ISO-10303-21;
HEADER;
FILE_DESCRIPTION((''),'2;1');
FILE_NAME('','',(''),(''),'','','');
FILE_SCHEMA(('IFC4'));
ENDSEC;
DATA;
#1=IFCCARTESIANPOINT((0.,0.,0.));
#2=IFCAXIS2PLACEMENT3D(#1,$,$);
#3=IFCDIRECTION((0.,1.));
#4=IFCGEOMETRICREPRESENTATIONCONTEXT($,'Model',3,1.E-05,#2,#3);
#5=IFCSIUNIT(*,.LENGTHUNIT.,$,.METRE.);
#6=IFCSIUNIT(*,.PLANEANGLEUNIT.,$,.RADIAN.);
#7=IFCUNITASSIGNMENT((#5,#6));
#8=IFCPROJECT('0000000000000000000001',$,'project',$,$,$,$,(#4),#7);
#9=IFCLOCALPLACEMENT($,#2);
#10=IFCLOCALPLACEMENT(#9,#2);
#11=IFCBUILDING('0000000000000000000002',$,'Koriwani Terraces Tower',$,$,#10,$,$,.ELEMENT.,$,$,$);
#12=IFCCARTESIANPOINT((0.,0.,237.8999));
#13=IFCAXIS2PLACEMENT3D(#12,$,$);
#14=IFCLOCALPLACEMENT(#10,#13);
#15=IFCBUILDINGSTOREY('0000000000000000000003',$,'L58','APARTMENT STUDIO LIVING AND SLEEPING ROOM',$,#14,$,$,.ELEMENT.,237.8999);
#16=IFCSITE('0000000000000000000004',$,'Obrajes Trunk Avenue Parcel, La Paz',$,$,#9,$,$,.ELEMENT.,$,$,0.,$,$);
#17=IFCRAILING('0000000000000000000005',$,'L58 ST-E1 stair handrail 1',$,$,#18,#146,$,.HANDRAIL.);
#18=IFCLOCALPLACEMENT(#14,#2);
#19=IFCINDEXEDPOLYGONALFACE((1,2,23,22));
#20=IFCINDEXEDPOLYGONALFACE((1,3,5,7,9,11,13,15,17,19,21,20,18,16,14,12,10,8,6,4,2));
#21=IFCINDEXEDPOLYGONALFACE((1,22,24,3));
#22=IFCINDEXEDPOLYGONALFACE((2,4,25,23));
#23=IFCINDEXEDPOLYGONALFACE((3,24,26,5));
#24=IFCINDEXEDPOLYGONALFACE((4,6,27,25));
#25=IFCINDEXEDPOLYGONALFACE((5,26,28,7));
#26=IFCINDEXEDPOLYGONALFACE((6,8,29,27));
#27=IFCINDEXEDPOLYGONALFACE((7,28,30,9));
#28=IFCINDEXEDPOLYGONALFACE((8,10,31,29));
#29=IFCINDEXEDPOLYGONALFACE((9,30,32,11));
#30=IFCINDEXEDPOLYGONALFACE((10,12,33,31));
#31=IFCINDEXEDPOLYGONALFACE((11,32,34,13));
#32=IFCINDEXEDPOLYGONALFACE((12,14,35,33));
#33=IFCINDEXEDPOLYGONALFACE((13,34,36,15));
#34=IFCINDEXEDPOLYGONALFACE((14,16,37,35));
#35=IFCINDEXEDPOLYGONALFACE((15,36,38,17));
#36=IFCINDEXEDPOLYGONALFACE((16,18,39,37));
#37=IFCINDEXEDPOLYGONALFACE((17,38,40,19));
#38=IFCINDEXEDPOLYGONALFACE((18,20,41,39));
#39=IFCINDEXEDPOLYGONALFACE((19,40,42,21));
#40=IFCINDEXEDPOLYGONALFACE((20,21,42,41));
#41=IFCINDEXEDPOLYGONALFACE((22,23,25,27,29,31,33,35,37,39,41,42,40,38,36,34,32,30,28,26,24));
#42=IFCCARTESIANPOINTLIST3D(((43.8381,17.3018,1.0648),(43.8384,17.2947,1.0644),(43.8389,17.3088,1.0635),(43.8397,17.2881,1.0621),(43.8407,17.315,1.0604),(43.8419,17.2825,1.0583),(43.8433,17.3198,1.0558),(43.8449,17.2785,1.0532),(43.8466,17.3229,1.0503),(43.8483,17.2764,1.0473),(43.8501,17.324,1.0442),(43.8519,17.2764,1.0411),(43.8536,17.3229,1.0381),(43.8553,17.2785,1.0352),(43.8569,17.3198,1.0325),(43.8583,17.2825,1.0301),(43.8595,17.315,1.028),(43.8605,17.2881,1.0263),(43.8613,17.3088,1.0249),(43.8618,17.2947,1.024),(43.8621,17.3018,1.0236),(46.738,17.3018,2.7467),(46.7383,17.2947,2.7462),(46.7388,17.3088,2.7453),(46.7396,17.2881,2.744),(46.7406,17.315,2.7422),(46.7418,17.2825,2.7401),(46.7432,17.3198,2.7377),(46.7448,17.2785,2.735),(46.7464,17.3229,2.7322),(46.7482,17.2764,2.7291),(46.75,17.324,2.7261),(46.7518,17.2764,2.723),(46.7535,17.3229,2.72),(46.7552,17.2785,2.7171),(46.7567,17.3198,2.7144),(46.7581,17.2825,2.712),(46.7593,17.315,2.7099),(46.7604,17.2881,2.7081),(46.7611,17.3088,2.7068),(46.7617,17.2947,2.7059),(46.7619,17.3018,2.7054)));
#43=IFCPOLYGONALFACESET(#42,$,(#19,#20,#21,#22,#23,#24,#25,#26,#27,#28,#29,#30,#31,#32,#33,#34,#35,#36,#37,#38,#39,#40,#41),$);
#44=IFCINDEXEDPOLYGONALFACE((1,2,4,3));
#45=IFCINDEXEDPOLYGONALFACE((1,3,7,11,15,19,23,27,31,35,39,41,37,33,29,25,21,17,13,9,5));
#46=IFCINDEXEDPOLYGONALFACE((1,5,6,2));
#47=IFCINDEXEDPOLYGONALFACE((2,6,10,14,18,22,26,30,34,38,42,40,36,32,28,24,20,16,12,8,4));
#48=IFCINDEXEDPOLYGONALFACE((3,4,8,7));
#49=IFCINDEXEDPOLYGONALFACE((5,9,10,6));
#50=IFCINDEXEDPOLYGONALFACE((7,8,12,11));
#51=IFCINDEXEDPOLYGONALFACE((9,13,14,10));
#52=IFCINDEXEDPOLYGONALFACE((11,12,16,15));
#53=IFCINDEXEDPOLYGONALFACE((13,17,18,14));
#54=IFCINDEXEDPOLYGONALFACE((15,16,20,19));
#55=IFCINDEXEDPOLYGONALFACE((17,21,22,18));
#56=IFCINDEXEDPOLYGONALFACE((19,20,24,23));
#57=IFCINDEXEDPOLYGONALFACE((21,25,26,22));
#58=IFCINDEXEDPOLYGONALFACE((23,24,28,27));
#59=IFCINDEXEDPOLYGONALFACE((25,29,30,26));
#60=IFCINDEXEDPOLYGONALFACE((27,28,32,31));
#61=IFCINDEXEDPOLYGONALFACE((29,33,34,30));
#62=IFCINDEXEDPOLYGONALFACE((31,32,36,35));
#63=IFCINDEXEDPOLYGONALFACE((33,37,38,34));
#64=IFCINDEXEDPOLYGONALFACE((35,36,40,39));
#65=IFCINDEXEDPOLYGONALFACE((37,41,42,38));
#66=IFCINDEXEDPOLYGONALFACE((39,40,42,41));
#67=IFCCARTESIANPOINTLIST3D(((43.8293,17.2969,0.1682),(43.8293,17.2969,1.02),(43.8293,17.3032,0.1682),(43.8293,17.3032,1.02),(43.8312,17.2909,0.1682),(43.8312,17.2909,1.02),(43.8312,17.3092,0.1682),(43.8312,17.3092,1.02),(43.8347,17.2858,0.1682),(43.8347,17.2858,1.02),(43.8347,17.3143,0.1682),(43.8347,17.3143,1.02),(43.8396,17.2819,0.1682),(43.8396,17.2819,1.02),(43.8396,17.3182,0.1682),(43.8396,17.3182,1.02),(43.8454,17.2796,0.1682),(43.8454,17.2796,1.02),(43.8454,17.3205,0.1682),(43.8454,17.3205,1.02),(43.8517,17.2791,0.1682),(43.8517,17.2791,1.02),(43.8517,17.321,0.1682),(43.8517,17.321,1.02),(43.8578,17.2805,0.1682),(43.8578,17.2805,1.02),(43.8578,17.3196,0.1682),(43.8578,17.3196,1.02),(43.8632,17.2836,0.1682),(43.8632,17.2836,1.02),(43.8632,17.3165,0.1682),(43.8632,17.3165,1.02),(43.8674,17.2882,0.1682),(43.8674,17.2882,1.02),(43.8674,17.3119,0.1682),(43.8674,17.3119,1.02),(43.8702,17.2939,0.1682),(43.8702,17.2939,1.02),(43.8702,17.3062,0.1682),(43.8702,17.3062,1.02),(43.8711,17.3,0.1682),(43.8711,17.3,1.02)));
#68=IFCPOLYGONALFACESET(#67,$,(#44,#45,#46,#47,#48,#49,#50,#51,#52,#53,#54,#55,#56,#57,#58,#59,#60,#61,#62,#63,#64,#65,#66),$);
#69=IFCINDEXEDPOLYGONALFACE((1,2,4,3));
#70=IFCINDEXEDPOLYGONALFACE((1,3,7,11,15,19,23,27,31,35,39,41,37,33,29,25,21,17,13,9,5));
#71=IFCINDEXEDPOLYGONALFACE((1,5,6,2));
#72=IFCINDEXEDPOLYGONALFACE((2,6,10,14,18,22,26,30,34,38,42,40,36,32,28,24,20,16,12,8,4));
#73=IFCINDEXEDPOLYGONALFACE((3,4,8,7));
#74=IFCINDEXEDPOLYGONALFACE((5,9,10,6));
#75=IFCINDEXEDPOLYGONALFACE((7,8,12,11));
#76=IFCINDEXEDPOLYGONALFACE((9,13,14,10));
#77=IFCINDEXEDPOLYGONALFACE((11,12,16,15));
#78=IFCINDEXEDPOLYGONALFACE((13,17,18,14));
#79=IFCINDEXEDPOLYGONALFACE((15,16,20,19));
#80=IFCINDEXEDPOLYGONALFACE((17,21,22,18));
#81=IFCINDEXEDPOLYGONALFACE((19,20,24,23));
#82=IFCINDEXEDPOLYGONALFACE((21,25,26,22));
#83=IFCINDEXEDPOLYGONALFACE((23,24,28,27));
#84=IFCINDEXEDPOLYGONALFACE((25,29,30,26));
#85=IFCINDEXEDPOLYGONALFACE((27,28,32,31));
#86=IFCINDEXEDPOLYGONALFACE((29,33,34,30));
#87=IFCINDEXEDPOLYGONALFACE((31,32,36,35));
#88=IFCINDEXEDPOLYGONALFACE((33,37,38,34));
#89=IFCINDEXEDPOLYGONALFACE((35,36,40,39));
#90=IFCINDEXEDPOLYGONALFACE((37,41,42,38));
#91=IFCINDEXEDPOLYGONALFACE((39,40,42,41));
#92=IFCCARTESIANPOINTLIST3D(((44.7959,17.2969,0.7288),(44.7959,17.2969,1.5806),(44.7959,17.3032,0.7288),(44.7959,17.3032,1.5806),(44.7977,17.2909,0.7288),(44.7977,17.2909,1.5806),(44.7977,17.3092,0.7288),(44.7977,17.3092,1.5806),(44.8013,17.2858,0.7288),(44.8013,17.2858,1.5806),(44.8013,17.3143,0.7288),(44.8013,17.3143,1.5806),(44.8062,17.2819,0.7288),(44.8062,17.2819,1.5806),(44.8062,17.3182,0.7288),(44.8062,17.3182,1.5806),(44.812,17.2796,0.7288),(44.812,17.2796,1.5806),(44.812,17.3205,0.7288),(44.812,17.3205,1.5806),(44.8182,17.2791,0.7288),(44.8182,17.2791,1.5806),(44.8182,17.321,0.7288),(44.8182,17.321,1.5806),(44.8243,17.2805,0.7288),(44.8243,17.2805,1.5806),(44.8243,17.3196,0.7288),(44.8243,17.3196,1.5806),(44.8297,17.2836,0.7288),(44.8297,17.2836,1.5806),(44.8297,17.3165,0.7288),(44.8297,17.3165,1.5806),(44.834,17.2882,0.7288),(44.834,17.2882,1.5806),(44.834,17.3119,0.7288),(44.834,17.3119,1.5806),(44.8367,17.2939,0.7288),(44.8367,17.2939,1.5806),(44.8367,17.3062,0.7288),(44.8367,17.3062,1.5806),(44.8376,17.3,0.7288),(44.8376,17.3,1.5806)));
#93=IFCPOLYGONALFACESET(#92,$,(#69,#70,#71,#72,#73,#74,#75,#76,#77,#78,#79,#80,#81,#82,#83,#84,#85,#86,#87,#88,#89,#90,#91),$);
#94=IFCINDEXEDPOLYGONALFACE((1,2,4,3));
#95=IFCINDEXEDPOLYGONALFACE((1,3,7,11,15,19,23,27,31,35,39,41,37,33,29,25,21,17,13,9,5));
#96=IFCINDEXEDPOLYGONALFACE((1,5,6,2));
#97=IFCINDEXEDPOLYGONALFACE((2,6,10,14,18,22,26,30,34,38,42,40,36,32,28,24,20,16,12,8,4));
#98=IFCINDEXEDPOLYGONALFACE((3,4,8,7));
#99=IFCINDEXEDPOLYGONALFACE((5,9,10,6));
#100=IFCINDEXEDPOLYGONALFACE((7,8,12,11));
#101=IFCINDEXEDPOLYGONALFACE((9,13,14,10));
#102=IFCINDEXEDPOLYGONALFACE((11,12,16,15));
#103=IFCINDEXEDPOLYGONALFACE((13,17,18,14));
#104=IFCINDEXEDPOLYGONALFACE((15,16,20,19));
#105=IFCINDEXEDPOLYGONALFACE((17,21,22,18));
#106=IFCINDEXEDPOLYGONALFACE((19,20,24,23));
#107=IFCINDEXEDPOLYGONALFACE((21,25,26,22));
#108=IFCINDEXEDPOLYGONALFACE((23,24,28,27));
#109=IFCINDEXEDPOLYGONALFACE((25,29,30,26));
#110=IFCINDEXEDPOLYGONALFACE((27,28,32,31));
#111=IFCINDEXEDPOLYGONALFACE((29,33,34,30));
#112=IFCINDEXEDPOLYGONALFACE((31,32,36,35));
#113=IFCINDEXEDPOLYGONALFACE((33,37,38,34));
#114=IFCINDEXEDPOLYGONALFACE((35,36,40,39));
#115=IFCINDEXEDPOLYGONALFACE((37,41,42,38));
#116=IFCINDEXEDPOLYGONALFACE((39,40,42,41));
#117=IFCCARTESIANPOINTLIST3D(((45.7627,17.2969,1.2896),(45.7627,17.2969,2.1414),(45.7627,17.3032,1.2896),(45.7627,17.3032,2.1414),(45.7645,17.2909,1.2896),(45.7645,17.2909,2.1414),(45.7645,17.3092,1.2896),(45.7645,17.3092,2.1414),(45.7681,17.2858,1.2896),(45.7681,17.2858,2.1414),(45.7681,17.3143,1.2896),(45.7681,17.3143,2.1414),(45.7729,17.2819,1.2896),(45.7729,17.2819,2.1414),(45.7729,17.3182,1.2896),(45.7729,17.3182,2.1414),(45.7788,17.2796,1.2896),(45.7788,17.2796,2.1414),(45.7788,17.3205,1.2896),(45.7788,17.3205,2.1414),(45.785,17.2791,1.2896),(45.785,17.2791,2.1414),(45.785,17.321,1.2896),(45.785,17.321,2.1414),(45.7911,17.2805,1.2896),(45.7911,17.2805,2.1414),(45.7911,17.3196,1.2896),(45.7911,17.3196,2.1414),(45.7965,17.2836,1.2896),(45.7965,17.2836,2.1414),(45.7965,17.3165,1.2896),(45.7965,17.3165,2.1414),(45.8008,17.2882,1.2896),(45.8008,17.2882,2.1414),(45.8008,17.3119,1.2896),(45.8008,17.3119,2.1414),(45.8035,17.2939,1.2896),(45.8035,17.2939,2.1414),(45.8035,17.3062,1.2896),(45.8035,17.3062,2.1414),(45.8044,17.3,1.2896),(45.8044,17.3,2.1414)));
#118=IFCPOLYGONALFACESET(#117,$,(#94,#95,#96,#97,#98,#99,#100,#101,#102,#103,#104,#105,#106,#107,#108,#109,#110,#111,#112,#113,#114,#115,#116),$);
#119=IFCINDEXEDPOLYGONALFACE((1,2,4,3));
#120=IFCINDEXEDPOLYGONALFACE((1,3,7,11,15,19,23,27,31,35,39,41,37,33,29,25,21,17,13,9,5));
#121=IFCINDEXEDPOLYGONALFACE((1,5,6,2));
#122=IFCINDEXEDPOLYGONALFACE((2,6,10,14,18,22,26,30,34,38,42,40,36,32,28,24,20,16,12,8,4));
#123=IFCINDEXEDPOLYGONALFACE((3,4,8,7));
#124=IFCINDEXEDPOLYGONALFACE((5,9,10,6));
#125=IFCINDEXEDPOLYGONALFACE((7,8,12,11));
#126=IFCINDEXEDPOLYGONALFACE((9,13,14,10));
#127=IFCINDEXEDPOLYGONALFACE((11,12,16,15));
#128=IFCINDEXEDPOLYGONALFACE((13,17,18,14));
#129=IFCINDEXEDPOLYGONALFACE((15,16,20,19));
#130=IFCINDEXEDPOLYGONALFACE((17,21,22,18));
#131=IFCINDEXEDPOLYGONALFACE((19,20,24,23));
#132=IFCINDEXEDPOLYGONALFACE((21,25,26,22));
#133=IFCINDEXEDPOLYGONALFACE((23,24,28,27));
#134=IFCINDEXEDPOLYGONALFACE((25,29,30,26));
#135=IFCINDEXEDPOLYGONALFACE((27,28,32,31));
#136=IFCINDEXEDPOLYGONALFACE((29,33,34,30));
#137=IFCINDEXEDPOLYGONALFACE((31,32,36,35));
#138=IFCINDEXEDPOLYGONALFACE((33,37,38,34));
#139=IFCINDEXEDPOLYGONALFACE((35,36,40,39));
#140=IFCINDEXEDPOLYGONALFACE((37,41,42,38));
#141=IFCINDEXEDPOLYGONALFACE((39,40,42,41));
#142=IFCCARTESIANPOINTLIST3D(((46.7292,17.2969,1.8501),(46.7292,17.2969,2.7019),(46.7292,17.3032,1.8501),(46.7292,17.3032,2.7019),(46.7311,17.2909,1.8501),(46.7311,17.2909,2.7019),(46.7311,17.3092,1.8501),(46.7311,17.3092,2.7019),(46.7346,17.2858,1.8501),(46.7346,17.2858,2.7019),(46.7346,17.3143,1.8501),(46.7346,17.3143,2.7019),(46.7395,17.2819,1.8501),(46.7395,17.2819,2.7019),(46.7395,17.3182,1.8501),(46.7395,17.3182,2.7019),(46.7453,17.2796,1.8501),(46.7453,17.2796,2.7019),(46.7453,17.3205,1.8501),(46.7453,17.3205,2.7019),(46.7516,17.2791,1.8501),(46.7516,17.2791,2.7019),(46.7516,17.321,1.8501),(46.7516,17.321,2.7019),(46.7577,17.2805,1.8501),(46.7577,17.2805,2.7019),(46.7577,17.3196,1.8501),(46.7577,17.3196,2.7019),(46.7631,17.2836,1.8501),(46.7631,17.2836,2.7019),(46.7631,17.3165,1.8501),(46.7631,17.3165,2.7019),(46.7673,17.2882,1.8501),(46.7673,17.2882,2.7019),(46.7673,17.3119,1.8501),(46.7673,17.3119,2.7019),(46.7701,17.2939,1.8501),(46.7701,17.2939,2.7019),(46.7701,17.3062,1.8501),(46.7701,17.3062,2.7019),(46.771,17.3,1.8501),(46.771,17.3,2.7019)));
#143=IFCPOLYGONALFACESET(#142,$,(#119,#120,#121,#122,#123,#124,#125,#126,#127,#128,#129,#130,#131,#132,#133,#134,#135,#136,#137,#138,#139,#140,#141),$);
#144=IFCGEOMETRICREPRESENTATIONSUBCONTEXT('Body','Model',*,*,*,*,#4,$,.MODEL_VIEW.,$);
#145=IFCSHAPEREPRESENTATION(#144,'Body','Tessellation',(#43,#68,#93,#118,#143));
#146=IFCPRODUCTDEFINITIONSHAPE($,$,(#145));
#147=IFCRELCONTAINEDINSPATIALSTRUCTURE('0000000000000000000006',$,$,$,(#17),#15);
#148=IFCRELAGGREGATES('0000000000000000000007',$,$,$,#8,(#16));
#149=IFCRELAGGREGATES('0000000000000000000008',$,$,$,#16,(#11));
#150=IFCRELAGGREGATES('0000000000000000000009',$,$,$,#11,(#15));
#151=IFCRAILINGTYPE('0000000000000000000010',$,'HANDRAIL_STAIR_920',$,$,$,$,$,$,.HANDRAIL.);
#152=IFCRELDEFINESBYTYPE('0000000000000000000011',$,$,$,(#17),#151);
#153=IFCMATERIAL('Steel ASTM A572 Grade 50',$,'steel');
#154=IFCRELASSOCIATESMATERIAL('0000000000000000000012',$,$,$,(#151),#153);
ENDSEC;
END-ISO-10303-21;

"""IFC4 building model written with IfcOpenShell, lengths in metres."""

from ifc_helpers import new_model, si_unit, direction, frame, origin, origin_2d, place, context, subcontext, project, spatial, circle, extrude, material, type_object, element, save


model = new_model("IFC4")

# Units and contexts
model_context = context("Model", 3, precision=1e-05, world=origin(), true_north=direction((0.0, 1.0)))
body_context = subcontext(model_context, "Body", "Model", "MODEL_VIEW")
ifc_project = project(units=[si_unit("LENGTHUNIT", "METRE"), si_unit("PLANEANGLEUNIT", "RADIAN")], contexts=[model_context])

# Site, building, storey
site_placement = place(None, origin())
site = spatial("IfcSite", under=ifc_project, at=site_placement, Name="Obrajes Trunk Avenue Parcel, La Paz", CompositionType="ELEMENT", RefElevation=0.0)
building_placement = place(site_placement, origin())
building = spatial("IfcBuilding", under=site, at=building_placement, Name="Koriwani Terraces Tower", CompositionType="ELEMENT")
storey_placement = place(building_placement, frame((0.0, 0.0, 237.8999)))
storey = spatial("IfcBuildingStorey", under=building, at=storey_placement, Name="L58", Description="APARTMENT STUDIO LIVING AND SLEEPING ROOM", CompositionType="ELEMENT", Elevation=237.8999)

# Shared definitions
ifc_material_1 = material(Name="Steel ASTM A572 Grade 50", Category="steel")

# Railing
railing_type_1 = type_object("IfcRailingType", Name="HANDRAIL_STAIR_920", PredefinedType="HANDRAIL", material=ifc_material_1)
railing_1_placement = place(storey_placement, frame((43.8501, 17.3, 0.1682)))
element("IfcRailing", 1, at=railing_1_placement, inside=storey, type_object=railing_type_1, Name="L58 ST-E1 stair handrail 1", PredefinedType="HANDRAIL", context=body_context, shape_type="SweptSolid", body=[
    extrude(circle(Radius=0.0239, at=origin_2d()), frame((0.0, 0.0, 0.876), z_axis=(0.865039, 0.0, 0.501705), x_axis=(0.0, 1.0, 0.0)), (0.0, 0.0, 1.0), 3.3523),
    extrude(circle(Radius=0.021, at=origin_2d()), origin(), (0.0, 0.0, 1.0), 0.8518),
    extrude(circle(Radius=0.021, at=origin_2d()), frame((0.9666, 0.0, 0.5605)), (0.0, 0.0, 1.0), 0.8518),
    extrude(circle(Radius=0.021, at=origin_2d()), frame((1.9333, 0.0, 1.1213)), (0.0, 0.0, 1.0), 0.8518),
    extrude(circle(Radius=0.021, at=origin_2d()), frame((2.8999, 0.0, 1.6819)), (0.0, 0.0, 1.0), 0.8518),
])

save(model, "model.ifc")
